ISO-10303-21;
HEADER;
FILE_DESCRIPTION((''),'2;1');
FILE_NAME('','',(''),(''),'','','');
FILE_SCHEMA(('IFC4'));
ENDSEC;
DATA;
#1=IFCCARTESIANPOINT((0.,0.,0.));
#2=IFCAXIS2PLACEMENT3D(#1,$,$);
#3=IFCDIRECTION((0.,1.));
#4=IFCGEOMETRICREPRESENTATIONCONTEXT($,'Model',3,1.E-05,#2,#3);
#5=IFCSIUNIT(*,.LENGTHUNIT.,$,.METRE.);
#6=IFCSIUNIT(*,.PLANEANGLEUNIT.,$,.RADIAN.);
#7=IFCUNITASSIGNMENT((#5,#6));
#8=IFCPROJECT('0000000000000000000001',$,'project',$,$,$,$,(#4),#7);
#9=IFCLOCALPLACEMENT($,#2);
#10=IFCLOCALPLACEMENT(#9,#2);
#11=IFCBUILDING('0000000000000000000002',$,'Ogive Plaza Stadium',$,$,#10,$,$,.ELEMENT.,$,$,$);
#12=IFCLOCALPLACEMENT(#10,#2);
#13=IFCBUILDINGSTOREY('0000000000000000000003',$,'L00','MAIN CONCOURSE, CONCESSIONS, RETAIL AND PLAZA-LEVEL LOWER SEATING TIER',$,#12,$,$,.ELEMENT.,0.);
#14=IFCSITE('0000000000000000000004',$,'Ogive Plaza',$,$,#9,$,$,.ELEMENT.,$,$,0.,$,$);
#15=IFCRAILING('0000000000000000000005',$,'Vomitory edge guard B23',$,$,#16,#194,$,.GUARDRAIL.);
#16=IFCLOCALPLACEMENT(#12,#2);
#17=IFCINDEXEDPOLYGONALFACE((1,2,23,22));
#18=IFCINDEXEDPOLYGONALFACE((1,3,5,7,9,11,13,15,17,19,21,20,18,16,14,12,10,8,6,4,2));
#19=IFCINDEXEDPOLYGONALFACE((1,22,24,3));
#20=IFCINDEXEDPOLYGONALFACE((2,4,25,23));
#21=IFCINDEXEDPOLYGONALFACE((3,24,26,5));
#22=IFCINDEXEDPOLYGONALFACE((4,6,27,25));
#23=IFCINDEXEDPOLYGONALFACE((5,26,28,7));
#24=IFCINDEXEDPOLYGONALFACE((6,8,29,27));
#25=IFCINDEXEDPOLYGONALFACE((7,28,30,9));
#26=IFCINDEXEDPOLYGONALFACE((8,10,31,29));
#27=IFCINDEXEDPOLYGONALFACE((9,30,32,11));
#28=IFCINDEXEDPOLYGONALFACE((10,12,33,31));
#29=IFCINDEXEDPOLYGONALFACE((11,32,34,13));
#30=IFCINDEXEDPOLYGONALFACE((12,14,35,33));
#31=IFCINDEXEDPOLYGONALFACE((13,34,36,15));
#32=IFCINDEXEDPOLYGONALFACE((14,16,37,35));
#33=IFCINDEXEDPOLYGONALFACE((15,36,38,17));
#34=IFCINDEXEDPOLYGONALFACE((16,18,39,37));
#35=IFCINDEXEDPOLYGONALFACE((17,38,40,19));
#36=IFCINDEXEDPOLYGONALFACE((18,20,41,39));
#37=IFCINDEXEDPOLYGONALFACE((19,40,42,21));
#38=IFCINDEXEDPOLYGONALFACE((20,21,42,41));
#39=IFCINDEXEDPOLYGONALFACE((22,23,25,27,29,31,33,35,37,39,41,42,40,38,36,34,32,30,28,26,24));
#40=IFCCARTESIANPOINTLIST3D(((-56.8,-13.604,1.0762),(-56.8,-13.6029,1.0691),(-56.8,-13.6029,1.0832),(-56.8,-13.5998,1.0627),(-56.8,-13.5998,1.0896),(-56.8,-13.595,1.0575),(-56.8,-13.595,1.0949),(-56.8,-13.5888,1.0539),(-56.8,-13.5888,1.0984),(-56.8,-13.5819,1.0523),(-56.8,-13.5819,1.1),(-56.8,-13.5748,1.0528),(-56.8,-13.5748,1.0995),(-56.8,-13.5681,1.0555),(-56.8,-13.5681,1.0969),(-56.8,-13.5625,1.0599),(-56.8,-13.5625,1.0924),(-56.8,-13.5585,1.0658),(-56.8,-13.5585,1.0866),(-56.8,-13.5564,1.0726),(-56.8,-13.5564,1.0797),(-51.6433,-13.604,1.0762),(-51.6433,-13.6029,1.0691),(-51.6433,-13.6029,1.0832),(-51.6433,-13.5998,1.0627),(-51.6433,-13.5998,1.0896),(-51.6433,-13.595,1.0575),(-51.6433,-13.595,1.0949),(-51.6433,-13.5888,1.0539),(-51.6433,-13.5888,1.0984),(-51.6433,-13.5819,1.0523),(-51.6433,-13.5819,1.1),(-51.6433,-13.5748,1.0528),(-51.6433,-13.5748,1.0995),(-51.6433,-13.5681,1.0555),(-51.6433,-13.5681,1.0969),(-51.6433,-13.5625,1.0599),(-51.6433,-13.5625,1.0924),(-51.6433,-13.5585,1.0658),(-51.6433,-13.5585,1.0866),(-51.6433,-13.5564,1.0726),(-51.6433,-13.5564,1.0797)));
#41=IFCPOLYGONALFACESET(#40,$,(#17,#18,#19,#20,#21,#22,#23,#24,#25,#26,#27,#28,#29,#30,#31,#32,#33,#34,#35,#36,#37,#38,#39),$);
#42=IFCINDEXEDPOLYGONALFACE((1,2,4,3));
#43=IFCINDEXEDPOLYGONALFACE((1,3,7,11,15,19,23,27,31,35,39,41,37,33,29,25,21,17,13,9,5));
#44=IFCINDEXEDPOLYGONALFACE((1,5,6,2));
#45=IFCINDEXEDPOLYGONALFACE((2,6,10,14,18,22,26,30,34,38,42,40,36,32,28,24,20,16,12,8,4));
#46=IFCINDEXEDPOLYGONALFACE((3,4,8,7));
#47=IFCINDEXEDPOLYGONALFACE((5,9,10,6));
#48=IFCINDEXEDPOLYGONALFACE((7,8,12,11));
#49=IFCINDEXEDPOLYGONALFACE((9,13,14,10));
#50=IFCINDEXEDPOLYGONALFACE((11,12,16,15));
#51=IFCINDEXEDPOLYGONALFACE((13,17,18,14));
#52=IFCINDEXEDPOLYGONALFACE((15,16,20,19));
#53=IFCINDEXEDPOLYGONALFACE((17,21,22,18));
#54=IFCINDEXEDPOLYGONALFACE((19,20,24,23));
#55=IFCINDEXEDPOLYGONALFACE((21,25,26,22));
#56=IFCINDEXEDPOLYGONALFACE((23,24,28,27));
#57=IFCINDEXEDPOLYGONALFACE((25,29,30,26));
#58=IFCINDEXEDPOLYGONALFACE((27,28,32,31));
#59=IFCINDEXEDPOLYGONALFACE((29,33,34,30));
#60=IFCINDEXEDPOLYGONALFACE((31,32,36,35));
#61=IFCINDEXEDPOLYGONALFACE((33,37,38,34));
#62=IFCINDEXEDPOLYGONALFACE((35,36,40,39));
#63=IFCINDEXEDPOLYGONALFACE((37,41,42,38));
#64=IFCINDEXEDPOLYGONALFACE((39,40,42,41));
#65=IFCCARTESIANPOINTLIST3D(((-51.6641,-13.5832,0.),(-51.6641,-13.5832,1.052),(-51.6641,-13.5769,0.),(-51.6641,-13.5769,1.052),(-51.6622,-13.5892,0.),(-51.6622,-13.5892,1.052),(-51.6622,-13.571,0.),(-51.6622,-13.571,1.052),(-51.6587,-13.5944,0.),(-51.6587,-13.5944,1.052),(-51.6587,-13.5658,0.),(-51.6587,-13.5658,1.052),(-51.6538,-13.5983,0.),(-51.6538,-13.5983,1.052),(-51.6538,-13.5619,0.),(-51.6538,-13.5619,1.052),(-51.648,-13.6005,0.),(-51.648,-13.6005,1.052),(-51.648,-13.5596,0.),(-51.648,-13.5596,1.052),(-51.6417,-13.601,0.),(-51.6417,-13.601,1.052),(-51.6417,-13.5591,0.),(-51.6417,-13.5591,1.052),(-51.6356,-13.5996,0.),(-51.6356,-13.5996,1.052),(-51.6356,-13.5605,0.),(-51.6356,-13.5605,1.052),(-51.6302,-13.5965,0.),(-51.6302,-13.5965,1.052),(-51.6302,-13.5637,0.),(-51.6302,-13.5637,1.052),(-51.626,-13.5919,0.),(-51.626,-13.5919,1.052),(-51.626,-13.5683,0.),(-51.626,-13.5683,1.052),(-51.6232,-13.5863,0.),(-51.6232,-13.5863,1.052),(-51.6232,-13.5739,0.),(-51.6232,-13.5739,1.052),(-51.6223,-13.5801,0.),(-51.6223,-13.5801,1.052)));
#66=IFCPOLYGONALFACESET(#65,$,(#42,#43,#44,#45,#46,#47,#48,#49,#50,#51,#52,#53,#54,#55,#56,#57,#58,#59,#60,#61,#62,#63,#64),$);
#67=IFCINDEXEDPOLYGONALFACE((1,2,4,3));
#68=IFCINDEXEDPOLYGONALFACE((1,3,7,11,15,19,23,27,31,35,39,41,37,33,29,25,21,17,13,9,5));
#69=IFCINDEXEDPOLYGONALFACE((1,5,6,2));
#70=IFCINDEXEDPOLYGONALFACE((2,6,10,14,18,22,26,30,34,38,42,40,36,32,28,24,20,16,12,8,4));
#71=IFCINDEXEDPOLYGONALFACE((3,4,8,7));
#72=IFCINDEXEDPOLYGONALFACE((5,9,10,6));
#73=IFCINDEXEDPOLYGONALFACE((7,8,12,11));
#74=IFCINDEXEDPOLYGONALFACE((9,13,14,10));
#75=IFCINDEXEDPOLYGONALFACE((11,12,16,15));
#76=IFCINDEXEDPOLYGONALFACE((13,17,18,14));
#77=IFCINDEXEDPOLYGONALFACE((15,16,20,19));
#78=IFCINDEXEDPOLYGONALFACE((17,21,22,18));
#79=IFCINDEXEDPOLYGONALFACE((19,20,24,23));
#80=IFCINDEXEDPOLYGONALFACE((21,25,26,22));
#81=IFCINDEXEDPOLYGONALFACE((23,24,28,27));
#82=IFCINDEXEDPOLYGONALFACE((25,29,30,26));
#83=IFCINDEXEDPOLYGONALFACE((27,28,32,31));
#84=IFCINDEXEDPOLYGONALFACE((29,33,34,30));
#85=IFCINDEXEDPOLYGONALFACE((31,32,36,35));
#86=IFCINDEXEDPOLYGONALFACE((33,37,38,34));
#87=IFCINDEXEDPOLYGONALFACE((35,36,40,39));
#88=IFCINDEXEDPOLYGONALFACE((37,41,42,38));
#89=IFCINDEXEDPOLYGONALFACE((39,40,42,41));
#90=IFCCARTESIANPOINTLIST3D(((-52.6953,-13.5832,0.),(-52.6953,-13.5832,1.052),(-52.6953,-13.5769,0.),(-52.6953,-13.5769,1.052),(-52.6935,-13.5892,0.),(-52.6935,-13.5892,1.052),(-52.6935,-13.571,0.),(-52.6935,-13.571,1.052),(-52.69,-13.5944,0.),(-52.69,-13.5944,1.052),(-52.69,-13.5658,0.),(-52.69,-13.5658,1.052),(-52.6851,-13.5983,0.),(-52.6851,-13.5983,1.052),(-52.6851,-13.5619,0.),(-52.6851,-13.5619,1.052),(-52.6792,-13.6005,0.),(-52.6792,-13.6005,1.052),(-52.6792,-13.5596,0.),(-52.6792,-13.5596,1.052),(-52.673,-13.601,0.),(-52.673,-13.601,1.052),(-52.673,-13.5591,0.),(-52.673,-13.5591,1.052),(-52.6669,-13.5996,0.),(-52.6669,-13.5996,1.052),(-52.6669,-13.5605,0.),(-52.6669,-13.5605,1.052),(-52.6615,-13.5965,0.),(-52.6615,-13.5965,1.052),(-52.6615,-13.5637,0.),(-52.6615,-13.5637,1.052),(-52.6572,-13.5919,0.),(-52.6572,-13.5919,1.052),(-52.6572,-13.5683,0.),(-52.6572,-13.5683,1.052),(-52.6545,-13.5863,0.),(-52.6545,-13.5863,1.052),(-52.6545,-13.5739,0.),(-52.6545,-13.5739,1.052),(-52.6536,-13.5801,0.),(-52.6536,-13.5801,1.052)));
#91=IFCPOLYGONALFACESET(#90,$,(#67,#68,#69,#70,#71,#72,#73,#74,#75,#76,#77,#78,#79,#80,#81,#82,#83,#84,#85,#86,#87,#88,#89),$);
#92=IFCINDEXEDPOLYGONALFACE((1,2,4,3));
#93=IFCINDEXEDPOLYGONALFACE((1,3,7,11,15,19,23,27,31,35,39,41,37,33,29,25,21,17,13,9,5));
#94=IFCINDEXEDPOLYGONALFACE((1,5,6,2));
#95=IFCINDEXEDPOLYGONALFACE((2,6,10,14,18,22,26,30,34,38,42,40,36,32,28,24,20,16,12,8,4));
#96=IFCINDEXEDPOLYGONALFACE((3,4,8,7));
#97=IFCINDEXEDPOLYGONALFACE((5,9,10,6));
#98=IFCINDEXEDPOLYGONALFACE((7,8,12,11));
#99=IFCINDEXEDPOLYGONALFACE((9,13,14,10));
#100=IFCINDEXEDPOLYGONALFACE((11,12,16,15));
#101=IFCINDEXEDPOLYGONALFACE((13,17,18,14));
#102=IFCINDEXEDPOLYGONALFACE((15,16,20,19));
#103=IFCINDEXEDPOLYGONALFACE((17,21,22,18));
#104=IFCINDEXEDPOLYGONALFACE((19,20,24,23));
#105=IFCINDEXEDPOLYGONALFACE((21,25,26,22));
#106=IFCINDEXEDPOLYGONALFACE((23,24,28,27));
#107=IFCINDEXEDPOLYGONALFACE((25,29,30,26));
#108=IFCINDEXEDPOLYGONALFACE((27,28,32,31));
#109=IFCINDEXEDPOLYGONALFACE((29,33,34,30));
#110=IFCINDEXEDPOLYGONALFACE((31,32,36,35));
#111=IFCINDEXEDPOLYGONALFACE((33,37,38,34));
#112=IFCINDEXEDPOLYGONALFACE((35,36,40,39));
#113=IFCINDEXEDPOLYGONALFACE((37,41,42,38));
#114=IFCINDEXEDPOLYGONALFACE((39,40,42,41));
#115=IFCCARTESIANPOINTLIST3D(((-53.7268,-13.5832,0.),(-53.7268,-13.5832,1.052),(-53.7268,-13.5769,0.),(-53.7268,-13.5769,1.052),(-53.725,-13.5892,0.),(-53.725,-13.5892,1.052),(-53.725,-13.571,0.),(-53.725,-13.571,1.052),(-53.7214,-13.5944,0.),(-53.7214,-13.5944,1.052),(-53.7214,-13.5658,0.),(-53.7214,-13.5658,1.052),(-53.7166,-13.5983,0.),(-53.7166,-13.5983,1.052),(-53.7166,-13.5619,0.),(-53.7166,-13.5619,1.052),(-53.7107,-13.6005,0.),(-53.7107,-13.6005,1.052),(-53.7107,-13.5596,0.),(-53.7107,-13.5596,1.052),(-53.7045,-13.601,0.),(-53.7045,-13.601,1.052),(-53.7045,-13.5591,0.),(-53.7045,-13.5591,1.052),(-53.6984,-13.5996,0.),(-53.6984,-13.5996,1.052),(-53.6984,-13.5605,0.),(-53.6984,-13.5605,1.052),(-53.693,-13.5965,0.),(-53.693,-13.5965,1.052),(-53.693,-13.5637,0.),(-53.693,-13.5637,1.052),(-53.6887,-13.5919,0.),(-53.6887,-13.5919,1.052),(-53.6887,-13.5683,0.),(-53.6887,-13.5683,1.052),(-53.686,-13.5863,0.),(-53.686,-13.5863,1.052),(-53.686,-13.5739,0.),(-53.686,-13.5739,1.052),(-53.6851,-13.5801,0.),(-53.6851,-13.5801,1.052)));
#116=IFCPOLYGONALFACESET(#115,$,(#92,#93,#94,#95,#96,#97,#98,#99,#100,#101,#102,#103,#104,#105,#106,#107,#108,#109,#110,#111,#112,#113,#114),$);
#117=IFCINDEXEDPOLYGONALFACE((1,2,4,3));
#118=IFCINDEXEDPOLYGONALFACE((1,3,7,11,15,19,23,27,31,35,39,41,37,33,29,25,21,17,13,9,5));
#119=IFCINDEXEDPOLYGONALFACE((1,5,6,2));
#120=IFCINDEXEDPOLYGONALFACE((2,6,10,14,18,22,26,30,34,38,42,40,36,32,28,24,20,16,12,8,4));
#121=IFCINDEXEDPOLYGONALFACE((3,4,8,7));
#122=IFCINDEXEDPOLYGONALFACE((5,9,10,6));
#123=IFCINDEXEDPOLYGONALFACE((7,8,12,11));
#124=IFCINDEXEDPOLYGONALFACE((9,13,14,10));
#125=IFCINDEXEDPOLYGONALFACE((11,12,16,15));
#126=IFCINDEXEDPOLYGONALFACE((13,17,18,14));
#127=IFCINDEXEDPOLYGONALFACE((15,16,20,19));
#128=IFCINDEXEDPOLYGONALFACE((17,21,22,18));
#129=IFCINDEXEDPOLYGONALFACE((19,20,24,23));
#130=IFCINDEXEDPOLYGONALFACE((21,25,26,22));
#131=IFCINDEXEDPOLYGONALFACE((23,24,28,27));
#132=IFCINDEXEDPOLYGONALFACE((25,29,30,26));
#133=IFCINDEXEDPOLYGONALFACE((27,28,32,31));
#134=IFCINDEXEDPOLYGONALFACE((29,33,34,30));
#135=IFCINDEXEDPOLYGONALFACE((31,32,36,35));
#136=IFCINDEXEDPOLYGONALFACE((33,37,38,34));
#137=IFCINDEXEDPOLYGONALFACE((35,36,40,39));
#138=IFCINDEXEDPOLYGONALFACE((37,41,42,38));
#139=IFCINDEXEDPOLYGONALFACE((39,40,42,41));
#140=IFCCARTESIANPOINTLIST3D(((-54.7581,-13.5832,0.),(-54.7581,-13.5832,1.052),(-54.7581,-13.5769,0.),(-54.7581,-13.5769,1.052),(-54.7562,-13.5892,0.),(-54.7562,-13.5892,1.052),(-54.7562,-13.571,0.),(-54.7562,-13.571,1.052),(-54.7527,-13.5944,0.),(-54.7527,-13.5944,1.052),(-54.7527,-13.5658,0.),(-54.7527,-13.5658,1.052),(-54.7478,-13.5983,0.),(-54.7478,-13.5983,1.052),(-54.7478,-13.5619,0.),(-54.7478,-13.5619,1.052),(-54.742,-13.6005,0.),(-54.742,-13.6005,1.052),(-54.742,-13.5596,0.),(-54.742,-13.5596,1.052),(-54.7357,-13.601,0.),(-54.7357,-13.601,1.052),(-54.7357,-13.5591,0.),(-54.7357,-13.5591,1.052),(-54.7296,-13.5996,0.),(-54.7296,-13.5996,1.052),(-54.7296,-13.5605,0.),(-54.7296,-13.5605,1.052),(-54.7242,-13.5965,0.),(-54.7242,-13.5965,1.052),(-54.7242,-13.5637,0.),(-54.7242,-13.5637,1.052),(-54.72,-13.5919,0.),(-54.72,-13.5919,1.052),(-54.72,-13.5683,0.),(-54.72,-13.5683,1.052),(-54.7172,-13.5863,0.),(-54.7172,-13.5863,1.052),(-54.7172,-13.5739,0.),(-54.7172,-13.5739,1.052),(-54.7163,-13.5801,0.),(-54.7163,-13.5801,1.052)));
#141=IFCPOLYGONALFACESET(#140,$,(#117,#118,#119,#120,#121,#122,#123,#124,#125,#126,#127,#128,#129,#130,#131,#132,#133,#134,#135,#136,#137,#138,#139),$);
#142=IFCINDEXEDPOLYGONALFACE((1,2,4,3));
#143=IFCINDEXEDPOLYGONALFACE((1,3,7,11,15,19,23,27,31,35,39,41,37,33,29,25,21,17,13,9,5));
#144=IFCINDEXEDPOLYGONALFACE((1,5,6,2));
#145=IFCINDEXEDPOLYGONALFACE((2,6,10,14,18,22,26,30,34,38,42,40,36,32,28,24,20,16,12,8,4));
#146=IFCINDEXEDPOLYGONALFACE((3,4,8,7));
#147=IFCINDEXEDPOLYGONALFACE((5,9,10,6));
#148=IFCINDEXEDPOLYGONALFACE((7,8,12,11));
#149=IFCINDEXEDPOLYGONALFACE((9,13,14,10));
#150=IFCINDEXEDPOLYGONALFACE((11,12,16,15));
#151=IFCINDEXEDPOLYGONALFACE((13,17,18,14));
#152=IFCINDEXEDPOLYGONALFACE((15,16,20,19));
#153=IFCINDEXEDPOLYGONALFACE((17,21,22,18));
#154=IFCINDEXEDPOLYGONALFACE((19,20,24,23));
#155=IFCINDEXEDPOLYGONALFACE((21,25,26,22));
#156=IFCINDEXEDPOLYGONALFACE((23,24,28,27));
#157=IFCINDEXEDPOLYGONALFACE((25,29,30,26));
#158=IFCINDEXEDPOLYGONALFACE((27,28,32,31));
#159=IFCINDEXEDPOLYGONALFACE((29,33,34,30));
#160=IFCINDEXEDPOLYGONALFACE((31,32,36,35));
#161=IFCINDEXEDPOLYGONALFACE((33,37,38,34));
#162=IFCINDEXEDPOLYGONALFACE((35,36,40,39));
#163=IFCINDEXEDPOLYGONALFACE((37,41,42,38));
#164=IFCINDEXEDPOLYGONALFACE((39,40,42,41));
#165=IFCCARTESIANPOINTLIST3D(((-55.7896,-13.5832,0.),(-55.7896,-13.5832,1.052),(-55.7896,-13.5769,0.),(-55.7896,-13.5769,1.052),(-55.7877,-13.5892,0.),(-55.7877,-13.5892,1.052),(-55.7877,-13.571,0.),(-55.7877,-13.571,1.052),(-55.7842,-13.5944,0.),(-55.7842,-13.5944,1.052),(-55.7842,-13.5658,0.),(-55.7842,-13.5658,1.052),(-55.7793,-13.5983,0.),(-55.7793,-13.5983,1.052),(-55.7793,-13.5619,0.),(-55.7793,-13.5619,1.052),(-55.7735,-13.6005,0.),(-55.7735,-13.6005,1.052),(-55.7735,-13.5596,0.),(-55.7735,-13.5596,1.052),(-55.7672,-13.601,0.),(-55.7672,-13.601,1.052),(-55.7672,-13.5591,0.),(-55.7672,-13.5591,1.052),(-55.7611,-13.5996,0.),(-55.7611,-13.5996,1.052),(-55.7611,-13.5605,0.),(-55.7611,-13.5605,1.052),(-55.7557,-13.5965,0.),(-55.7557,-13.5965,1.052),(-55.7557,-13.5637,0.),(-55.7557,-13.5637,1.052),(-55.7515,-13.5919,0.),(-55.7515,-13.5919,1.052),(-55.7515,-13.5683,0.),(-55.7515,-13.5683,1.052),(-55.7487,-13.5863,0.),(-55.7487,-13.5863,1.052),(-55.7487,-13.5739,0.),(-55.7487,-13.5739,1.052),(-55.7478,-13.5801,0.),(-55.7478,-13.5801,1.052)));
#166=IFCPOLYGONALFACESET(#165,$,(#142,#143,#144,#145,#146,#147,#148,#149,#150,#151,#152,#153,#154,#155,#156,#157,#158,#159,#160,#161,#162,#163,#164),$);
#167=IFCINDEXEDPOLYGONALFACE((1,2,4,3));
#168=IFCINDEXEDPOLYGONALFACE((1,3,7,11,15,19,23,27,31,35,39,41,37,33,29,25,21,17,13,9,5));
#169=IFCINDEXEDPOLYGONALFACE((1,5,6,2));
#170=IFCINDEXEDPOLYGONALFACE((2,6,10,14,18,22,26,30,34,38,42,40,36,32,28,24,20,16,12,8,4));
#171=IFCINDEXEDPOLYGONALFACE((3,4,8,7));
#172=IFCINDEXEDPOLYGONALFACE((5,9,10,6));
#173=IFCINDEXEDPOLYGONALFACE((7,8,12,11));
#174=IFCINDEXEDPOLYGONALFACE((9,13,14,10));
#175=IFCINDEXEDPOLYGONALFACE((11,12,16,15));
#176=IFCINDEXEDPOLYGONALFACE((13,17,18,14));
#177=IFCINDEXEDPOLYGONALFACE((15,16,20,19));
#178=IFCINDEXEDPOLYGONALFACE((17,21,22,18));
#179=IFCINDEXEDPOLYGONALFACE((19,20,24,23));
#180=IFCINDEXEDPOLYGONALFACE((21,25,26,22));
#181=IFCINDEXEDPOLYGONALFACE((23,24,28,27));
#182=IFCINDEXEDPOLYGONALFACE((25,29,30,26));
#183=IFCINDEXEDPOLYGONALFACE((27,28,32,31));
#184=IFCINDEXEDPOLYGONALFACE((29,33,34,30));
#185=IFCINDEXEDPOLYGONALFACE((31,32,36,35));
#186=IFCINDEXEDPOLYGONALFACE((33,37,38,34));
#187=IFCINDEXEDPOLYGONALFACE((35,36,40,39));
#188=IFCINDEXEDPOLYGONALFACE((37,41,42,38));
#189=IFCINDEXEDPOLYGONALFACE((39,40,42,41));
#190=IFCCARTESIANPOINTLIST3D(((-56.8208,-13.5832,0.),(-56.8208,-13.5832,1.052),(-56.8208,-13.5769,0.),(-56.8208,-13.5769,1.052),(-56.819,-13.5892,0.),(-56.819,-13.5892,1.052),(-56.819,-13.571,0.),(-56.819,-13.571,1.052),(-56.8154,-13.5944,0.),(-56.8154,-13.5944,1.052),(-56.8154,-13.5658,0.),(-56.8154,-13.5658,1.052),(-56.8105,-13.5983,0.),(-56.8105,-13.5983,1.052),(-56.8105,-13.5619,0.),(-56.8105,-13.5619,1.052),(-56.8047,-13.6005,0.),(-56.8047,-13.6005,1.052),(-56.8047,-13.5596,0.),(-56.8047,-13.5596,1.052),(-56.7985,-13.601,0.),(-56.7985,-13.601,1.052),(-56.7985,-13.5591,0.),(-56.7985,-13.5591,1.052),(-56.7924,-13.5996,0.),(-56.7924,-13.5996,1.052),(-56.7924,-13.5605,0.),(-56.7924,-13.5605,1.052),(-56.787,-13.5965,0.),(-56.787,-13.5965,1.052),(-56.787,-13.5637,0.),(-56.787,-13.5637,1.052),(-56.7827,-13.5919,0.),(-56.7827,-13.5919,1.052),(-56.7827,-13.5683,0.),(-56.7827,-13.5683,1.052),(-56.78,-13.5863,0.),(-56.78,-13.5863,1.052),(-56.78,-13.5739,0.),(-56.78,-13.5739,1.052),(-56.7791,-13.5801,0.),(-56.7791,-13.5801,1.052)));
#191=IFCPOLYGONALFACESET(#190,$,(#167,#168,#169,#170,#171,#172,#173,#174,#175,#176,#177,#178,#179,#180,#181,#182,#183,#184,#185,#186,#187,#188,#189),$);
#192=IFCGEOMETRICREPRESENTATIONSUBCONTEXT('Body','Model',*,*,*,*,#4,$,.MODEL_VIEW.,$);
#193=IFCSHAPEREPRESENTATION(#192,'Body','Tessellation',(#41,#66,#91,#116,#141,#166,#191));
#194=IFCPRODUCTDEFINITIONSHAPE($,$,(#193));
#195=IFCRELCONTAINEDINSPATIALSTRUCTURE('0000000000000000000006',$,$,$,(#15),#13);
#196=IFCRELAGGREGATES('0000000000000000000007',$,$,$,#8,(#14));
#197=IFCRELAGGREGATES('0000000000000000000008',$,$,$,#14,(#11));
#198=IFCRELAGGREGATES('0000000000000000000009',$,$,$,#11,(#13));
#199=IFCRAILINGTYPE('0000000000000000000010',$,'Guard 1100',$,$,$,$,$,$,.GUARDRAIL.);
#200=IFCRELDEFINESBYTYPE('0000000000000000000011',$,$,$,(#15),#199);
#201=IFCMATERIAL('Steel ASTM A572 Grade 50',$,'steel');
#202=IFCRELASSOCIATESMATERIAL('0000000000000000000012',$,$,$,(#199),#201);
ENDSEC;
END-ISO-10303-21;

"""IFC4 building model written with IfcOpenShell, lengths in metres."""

from ifc_helpers import new_model, si_unit, direction, frame, origin, origin_2d, place, context, subcontext, project, spatial, circle, extrude, material, type_object, element, save


model = new_model("IFC4")

# Units and contexts
model_context = context("Model", 3, precision=1e-05, world=origin(), true_north=direction((0.0, 1.0)))
body_context = subcontext(model_context, "Body", "Model", "MODEL_VIEW")
ifc_project = project(units=[si_unit("LENGTHUNIT", "METRE"), si_unit("PLANEANGLEUNIT", "RADIAN")], contexts=[model_context])

# Site, building, storey
site_placement = place(None, origin())
site = spatial("IfcSite", under=ifc_project, at=site_placement, Name="Ogive Plaza", CompositionType="ELEMENT", RefElevation=0.0)
building_placement = place(site_placement, origin())
building = spatial("IfcBuilding", under=site, at=building_placement, Name="Ogive Plaza Stadium", CompositionType="ELEMENT")
storey_placement = place(building_placement, origin())
storey = spatial("IfcBuildingStorey", under=building, at=storey_placement, Name="L00", Description="MAIN CONCOURSE, CONCESSIONS, RETAIL AND PLAZA-LEVEL LOWER SEATING TIER", CompositionType="ELEMENT", Elevation=0.0)

# Railing
ifc_material_1 = material(Name="Steel ASTM A572 Grade 50", Category="steel")
railing_type = type_object("IfcRailingType", Name="Guard 1100", PredefinedType="GUARDRAIL", material=ifc_material_1)
for number, where, name in (
    (1, (-51.6433, -13.5801, 0.0), "Vomitory edge guard B23"),
):
    element("IfcRailing", number, at=place(storey_placement, frame(where)), inside=storey, type_object=railing_type, Name=name, PredefinedType="GUARDRAIL", context=body_context, shape_type="SweptSolid", body=[
        extrude(circle(Radius=0.0239, at=origin_2d()), frame((0.0, 0.0, 1.0762), z_axis=(-1.0, 0.0, 0.0), x_axis=(0.0, -1.0, 0.0)), (0.0, 0.0, 1.0), 5.1567),
        extrude(circle(Radius=0.021, at=origin_2d()), origin(), (0.0, 0.0, 1.0), 1.052),
        extrude(circle(Radius=0.021, at=origin_2d()), frame((-1.0312, 0.0, 0.0)), (0.0, 0.0, 1.0), 1.052),
        extrude(circle(Radius=0.021, at=origin_2d()), frame((-2.0627, 0.0, 0.0)), (0.0, 0.0, 1.0), 1.052),
        extrude(circle(Radius=0.021, at=origin_2d()), frame((-3.094, 0.0, 0.0)), (0.0, 0.0, 1.0), 1.052),
        extrude(circle(Radius=0.021, at=origin_2d()), frame((-4.1255, 0.0, 0.0)), (0.0, 0.0, 1.0), 1.052),
        extrude(circle(Radius=0.021, at=origin_2d()), frame((-5.1567, 0.0, 0.0)), (0.0, 0.0, 1.0), 1.052),
    ])

save(model, "model.ifc")
